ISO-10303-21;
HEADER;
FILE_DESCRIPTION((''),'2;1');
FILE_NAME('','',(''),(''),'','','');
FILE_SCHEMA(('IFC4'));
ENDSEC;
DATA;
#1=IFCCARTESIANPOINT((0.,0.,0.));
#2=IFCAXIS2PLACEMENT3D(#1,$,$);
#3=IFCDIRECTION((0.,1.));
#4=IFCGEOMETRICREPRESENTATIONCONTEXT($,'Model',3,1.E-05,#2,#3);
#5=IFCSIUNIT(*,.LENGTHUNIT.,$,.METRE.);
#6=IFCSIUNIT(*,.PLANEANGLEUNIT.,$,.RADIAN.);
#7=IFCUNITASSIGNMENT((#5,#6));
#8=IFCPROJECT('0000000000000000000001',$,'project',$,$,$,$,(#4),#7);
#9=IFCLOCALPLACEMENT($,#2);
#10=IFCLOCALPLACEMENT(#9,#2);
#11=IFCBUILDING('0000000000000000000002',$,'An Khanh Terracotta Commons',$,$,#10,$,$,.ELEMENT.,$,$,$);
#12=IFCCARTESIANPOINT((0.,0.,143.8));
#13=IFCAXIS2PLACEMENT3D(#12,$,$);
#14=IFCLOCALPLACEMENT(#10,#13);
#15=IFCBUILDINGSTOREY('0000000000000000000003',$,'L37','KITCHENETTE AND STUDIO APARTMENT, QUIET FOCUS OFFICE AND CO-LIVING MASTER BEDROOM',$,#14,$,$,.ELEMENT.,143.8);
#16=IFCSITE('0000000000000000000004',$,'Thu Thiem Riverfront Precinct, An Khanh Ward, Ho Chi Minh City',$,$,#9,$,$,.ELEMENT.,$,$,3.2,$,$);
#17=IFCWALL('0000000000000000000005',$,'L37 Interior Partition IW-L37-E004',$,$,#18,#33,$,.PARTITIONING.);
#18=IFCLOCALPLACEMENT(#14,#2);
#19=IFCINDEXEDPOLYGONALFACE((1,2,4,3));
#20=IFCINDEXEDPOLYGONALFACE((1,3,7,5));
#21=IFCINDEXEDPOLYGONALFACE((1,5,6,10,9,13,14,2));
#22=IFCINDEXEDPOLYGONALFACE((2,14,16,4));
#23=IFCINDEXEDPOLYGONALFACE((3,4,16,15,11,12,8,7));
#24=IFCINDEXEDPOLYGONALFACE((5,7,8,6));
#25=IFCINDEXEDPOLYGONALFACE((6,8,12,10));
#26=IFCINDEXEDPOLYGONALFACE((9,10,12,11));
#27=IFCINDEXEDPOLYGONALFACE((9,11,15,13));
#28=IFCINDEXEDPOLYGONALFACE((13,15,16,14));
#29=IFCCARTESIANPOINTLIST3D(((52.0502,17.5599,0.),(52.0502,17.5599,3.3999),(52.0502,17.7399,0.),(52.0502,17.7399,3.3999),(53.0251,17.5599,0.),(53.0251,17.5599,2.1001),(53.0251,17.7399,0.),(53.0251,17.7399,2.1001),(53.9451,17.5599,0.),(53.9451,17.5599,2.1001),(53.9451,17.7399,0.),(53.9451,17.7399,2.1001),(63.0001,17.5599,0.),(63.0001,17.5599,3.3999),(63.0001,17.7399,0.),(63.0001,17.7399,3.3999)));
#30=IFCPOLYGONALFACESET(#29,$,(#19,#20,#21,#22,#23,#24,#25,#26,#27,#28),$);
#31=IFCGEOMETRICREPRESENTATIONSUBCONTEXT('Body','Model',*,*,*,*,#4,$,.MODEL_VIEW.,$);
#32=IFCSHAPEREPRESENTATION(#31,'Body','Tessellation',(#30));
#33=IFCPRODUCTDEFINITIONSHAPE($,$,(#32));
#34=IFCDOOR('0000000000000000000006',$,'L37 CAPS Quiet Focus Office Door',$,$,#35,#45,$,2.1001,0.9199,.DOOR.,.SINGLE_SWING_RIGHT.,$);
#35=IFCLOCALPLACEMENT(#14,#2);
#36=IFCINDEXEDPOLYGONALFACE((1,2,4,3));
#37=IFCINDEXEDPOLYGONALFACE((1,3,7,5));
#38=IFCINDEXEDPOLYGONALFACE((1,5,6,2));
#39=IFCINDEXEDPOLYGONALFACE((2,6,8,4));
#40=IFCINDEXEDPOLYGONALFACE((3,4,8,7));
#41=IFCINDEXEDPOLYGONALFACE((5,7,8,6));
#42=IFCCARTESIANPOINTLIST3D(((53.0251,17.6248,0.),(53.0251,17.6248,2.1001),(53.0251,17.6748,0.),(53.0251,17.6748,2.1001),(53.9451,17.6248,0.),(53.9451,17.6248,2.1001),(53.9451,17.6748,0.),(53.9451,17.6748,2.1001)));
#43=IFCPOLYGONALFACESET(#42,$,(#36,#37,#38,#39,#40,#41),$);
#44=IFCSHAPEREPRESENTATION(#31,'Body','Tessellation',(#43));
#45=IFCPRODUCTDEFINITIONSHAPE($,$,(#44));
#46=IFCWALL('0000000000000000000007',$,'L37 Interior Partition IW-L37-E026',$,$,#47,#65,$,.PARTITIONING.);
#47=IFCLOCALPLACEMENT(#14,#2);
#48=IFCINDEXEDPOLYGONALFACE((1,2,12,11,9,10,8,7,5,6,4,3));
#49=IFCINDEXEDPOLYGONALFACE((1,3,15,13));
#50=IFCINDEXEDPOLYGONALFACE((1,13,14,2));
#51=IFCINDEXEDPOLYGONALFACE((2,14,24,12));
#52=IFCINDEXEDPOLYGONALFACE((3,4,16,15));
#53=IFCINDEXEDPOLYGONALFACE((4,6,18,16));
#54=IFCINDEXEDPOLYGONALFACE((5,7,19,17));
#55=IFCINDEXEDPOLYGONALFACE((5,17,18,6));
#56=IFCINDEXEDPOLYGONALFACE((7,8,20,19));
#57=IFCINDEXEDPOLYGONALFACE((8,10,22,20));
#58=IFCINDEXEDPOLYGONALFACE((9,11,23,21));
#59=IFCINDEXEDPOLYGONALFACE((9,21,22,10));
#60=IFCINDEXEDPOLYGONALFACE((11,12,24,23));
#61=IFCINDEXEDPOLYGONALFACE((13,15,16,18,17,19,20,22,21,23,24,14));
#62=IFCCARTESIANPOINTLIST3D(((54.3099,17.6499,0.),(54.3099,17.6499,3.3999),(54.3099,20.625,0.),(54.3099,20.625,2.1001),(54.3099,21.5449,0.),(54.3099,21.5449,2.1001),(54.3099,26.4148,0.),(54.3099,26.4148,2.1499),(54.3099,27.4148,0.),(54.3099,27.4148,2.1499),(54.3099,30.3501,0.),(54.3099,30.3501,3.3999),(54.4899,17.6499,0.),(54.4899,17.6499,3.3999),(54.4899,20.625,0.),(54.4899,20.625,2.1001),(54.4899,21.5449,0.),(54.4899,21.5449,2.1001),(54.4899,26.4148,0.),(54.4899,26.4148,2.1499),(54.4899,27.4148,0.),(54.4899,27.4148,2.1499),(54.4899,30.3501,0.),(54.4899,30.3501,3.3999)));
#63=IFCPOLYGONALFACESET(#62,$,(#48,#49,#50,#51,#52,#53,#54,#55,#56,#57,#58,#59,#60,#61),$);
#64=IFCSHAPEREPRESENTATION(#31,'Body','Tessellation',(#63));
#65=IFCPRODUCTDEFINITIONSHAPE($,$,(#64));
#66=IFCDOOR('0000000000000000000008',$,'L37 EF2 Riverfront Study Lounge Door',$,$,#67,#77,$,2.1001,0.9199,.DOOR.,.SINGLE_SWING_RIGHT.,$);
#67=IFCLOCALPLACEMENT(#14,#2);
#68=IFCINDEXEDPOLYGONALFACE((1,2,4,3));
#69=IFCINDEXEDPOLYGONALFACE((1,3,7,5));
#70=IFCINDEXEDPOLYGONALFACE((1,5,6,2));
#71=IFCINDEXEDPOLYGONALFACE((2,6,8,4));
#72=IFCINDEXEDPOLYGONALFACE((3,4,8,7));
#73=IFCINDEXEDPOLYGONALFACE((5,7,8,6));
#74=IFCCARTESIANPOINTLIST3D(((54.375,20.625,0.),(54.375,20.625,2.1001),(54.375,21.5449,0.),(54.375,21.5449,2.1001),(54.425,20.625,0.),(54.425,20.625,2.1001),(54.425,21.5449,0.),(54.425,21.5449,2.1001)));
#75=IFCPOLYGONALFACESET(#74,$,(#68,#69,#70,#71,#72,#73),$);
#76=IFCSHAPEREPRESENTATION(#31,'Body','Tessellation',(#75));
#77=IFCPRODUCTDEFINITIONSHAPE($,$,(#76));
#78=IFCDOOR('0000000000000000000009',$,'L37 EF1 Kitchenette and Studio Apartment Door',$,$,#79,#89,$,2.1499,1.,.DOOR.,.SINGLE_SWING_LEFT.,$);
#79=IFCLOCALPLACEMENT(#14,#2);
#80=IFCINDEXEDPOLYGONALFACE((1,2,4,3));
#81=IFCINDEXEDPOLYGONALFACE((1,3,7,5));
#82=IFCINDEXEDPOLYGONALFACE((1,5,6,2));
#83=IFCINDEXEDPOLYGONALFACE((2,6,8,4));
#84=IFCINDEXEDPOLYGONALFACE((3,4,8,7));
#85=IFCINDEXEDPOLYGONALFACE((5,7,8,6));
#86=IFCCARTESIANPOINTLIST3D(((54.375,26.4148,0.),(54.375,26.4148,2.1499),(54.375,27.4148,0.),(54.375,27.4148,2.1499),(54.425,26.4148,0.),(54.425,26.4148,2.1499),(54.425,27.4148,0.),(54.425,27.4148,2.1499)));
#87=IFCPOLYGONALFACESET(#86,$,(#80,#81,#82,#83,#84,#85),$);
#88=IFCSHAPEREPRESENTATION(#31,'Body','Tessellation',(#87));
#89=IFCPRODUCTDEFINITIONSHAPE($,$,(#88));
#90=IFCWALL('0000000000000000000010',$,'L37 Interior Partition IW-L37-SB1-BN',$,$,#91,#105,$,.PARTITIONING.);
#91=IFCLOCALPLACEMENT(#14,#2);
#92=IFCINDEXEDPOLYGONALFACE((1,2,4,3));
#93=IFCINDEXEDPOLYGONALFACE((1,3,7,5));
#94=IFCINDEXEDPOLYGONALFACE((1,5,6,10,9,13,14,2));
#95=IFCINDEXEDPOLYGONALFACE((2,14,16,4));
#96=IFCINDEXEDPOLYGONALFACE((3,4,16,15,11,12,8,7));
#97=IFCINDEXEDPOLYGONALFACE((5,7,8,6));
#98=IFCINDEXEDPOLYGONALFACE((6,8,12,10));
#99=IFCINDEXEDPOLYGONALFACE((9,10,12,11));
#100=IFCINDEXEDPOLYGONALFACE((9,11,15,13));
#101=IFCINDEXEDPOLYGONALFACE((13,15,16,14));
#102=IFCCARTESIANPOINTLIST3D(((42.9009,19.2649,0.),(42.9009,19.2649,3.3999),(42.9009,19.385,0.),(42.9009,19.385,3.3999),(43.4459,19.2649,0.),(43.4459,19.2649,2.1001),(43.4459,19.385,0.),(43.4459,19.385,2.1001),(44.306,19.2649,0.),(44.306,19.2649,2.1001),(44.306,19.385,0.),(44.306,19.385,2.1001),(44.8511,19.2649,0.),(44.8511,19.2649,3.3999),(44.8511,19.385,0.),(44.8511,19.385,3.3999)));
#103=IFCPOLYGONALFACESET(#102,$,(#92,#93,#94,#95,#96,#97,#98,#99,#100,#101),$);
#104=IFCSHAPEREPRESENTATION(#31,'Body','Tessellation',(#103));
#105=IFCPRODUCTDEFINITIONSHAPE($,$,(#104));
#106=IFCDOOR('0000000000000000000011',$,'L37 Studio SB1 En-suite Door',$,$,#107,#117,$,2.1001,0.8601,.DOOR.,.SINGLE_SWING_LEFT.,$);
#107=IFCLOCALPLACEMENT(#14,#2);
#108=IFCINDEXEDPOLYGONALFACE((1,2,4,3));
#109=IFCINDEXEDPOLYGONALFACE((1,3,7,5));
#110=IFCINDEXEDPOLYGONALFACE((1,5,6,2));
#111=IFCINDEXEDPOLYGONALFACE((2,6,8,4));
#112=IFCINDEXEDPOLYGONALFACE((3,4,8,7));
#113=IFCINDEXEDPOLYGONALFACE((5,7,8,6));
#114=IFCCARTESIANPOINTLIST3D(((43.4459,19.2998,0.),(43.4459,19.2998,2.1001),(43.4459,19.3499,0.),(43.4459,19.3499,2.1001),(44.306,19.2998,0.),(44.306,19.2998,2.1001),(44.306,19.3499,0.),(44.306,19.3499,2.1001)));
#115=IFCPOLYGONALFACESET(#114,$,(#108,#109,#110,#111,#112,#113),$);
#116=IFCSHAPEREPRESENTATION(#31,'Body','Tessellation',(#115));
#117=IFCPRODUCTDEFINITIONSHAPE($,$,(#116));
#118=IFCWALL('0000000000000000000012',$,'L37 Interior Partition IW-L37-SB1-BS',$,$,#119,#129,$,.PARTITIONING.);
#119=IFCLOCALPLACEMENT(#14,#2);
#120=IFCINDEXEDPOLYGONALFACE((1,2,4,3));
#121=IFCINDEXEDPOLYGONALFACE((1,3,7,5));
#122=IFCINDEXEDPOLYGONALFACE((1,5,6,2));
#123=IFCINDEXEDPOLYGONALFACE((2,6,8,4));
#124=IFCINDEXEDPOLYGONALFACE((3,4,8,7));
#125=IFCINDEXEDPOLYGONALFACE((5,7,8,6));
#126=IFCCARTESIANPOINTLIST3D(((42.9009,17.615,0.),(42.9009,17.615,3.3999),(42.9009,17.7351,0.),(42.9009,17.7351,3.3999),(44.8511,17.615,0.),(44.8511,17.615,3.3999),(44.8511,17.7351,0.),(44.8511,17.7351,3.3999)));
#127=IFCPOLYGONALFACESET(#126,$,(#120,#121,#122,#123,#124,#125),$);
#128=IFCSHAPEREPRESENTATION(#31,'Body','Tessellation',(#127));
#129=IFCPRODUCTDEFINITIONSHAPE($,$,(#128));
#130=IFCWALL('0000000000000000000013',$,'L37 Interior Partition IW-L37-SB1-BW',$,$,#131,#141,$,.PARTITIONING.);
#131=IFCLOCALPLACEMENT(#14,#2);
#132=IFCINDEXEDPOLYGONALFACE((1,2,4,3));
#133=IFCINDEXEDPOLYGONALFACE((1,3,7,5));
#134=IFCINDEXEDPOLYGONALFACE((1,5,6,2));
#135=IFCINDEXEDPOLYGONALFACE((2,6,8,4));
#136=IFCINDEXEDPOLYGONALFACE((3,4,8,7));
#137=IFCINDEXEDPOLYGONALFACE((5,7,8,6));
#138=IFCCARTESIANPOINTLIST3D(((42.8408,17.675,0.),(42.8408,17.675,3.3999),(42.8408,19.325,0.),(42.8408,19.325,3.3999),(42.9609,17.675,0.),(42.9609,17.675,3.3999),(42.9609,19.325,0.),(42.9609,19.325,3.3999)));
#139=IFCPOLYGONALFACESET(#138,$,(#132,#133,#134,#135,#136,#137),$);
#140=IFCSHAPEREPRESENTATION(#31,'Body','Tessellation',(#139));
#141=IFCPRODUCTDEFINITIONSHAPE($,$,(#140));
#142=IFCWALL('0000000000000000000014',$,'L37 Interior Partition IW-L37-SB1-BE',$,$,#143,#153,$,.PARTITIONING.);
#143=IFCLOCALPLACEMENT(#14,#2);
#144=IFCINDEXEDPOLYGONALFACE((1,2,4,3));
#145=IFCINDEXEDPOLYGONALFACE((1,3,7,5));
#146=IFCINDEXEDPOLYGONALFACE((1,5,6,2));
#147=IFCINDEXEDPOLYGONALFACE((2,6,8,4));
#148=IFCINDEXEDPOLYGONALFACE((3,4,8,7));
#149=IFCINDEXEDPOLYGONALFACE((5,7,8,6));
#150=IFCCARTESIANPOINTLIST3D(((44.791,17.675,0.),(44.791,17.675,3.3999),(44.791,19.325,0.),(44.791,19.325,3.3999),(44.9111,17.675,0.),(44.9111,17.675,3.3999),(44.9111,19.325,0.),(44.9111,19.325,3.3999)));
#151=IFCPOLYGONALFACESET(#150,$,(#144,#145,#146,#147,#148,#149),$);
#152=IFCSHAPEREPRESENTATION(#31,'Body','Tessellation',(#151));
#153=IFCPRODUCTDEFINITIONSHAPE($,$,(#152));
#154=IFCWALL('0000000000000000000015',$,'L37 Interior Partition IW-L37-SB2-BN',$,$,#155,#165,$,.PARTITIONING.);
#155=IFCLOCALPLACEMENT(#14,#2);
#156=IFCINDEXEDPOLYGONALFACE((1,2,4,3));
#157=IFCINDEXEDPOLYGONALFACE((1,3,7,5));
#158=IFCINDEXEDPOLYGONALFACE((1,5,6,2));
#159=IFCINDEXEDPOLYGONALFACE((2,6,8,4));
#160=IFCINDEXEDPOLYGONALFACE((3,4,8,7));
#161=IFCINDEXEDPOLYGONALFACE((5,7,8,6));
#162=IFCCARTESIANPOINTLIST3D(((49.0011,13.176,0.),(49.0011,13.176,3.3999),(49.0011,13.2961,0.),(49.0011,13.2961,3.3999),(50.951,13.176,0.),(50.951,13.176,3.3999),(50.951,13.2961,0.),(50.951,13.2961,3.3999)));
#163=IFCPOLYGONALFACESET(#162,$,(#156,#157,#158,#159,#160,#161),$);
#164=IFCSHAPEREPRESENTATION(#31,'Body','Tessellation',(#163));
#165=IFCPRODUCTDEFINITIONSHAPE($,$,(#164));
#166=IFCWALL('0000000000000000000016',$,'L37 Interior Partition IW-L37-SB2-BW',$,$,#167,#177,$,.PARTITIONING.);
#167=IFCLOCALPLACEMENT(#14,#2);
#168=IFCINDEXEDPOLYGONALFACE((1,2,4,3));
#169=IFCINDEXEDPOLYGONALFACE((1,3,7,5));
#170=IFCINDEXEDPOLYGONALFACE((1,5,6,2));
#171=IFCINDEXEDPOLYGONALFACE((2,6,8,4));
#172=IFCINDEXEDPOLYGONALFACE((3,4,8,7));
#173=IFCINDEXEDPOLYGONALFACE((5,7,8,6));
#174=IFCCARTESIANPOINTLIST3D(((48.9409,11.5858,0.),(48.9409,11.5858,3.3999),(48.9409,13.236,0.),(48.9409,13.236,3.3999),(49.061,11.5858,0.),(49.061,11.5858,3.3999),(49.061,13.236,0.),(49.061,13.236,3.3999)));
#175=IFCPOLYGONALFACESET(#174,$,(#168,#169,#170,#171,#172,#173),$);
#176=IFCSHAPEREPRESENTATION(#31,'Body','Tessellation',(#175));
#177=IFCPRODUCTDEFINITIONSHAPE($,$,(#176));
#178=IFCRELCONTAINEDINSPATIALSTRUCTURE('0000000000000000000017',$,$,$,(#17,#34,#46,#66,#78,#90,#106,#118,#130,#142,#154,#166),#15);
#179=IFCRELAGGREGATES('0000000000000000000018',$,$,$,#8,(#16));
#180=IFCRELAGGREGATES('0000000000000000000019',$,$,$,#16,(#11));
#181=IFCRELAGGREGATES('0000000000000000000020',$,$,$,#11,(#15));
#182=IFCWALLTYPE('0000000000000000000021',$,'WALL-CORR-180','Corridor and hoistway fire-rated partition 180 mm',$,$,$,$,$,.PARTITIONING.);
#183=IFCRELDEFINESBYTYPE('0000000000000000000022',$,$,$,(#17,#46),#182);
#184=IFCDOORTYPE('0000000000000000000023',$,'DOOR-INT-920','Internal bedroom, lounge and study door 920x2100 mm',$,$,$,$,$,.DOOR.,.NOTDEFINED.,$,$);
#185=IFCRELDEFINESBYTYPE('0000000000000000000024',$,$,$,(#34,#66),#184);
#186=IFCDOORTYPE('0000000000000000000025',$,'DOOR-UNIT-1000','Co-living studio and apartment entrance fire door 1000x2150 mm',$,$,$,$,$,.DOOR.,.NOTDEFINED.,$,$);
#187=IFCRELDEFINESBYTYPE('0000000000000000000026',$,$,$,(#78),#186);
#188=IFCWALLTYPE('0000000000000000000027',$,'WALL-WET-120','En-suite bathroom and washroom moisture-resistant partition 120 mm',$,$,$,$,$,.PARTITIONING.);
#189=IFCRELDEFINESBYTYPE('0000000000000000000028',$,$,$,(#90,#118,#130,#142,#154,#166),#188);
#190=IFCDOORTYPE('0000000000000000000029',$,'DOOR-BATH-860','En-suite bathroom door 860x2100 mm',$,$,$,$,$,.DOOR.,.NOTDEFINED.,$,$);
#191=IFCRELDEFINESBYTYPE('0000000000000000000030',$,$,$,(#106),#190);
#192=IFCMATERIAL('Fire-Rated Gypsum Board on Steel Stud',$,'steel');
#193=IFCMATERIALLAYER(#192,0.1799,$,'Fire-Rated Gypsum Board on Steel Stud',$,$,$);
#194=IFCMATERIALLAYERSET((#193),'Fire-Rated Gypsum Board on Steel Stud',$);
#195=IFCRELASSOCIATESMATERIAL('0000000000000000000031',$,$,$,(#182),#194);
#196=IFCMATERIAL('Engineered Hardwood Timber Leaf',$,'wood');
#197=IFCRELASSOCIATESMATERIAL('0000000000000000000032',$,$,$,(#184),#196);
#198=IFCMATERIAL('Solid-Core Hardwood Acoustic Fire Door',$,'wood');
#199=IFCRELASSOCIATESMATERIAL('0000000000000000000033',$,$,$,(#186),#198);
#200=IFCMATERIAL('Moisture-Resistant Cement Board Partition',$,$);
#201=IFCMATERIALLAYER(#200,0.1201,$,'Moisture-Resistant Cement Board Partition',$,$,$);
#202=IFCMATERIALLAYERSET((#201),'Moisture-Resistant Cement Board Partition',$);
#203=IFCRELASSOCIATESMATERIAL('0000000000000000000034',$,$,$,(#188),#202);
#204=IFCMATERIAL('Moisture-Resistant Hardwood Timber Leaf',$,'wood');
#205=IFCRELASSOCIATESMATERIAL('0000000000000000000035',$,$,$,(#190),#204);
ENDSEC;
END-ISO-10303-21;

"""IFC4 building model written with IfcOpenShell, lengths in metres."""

from ifc_helpers import new_model, si_unit, direction, frame, frame_2d, origin, place, context, subcontext, project, spatial, rectangle, extrude, material, layer, layer_set, type_object, element, fill, save


model = new_model("IFC4")

# Units and contexts
model_context = context("Model", 3, precision=1e-05, world=origin(), true_north=direction((0.0, 1.0)))
body_context = subcontext(model_context, "Body", "Model", "MODEL_VIEW")
ifc_project = project(units=[si_unit("LENGTHUNIT", "METRE"), si_unit("PLANEANGLEUNIT", "RADIAN")], contexts=[model_context])

# Site, building, storey
site_placement = place(None, origin())
site = spatial("IfcSite", under=ifc_project, at=site_placement, Name="Thu Thiem Riverfront Precinct, An Khanh Ward, Ho Chi Minh City", CompositionType="ELEMENT", RefElevation=3.2)
building_placement = place(site_placement, origin())
building = spatial("IfcBuilding", under=site, at=building_placement, Name="An Khanh Terracotta Commons", CompositionType="ELEMENT")
storey_placement = place(building_placement, frame((0.0, 0.0, 143.8)))
storey = spatial("IfcBuildingStorey", under=building, at=storey_placement, Name="L37", Description="KITCHENETTE AND STUDIO APARTMENT, QUIET FOCUS OFFICE AND CO-LIVING MASTER BEDROOM", CompositionType="ELEMENT", Elevation=143.8)

# Wall, opening, door
ifc_material_1 = material(Name="Fire-Rated Gypsum Board on Steel Stud", Category="steel")
ifc_layer_1 = layer(ifc_material_1, 0.1799, Name="Fire-Rated Gypsum Board on Steel Stud")
ifc_layer_set_1 = layer_set([ifc_layer_1], Name="Fire-Rated Gypsum Board on Steel Stud")
wall_type_1 = type_object("IfcWallType", Name="WALL-CORR-180", Description="Corridor and hoistway fire-rated partition 180 mm", PredefinedType="PARTITIONING", material=ifc_layer_set_1)
wall_1_placement = place(storey_placement, frame((52.05, 17.6499, 0.0), z_axis=(0.0, 0.0, 1.0), x_axis=(1.0, 0.0, 0.0)))
wall_1 = element("IfcWall", 1, at=wall_1_placement, inside=storey, type_object=wall_type_1, Name="L37 Interior Partition IW-L37-E004", PredefinedType="PARTITIONING", context=body_context, shape_type="SweptSolid", body=[
    extrude(rectangle(XDim=10.95, YDim=0.1799, at=frame_2d((5.4751, 0.0))), origin(), (0.0, 0.0, 1.0), 3.3999),
])
opening_1_placement = place(wall_1_placement, frame((0.9751, 0.0, 0.0)))
opening_1 = element("IfcOpeningElement", 2, at=opening_1_placement, cuts=wall_1, PredefinedType="OPENING", context=body_context, shape_type="SweptSolid", body=[
    extrude(rectangle(XDim=0.9199, YDim=2.1001, at=frame_2d((0.46, 1.05))), frame((0.0, 0.0999, 0.0), z_axis=(0.0, -1.0, 0.0), x_axis=(1.0, 0.0, 0.0)), (0.0, 0.0, 1.0), 0.2),
])
ifc_material_2 = material(Name="Engineered Hardwood Timber Leaf", Category="wood")
door_type_1 = type_object("IfcDoorType", Name="DOOR-INT-920", Description="Internal bedroom, lounge and study door 920x2100 mm", OperationType="NOTDEFINED", PredefinedType="DOOR", material=ifc_material_2)
door_1_placement = place(opening_1_placement, origin())
door_1 = element("IfcDoor", 3, at=door_1_placement, inside=storey, type_object=door_type_1, Name="L37 CAPS Quiet Focus Office Door", OperationType="SINGLE_SWING_RIGHT", OverallHeight=2.1001, OverallWidth=0.9199, PredefinedType="DOOR", context=body_context, shape_type="SweptSolid", body=[
    extrude(rectangle(XDim=0.9199, YDim=2.1001, at=frame_2d((0.46, 1.05))), frame((0.0, 0.0249, 0.0), z_axis=(0.0, -1.0, 0.0), x_axis=(1.0, 0.0, 0.0)), (0.0, 0.0, 1.0), 0.05),
])
fill(opening_1, door_1)

# Wall, openings, doors
wall_2_placement = place(storey_placement, frame((54.3999, 17.6499, 0.0), z_axis=(0.0, 0.0, 1.0), x_axis=(0.0, 1.0, 0.0)))
wall_2 = element("IfcWall", 4, at=wall_2_placement, inside=storey, type_object=wall_type_1, Name="L37 Interior Partition IW-L37-E026", PredefinedType="PARTITIONING", context=body_context, shape_type="SweptSolid", body=[
    extrude(rectangle(XDim=12.7002, YDim=0.1799, at=frame_2d((6.3501, 0.0))), origin(), (0.0, 0.0, 1.0), 3.3999),
])
opening_2_placement = place(wall_2_placement, frame((8.7649, 0.0, 0.0)))
opening_2 = element("IfcOpeningElement", 5, at=opening_2_placement, cuts=wall_2, PredefinedType="OPENING", context=body_context, shape_type="SweptSolid", body=[
    extrude(rectangle(XDim=1.0, YDim=2.1499, at=frame_2d((0.5, 1.075))), frame((0.0, 0.0999, 0.0), z_axis=(0.0, -1.0, 0.0), x_axis=(1.0, 0.0, 0.0)), (0.0, 0.0, 1.0), 0.2),
])
opening_3_placement = place(wall_2_placement, frame((2.9751, 0.0, 0.0)))
opening_3 = element("IfcOpeningElement", 6, at=opening_3_placement, cuts=wall_2, PredefinedType="OPENING", context=body_context, shape_type="SweptSolid", body=[
    extrude(rectangle(XDim=0.9199, YDim=2.1001, at=frame_2d((0.46, 1.05))), frame((0.0, 0.0999, 0.0), z_axis=(0.0, -1.0, 0.0), x_axis=(1.0, 0.0, 0.0)), (0.0, 0.0, 1.0), 0.2),
])
door_2_placement = place(opening_3_placement, origin())
door_2 = element("IfcDoor", 7, at=door_2_placement, inside=storey, type_object=door_type_1, Name="L37 EF2 Riverfront Study Lounge Door", OperationType="SINGLE_SWING_RIGHT", OverallHeight=2.1001, OverallWidth=0.9199, PredefinedType="DOOR", context=body_context, shape_type="SweptSolid", body=[
    extrude(rectangle(XDim=0.9199, YDim=2.1001, at=frame_2d((0.46, 1.05))), frame((0.0, 0.0249, 0.0), z_axis=(0.0, -1.0, 0.0), x_axis=(1.0, 0.0, 0.0)), (0.0, 0.0, 1.0), 0.05),
])
fill(opening_3, door_2)
ifc_material_3 = material(Name="Solid-Core Hardwood Acoustic Fire Door", Category="wood")
door_type_2 = type_object("IfcDoorType", Name="DOOR-UNIT-1000", Description="Co-living studio and apartment entrance fire door 1000x2150 mm", OperationType="NOTDEFINED", PredefinedType="DOOR", material=ifc_material_3)
door_3_placement = place(opening_2_placement, origin())
door_3 = element("IfcDoor", 8, at=door_3_placement, inside=storey, type_object=door_type_2, Name="L37 EF1 Kitchenette and Studio Apartment Door", OperationType="SINGLE_SWING_LEFT", OverallHeight=2.1499, OverallWidth=1.0, PredefinedType="DOOR", context=body_context, shape_type="SweptSolid", body=[
    extrude(rectangle(XDim=1.0, YDim=2.1499, at=frame_2d((0.5, 1.075))), frame((0.0, 0.0249, 0.0), z_axis=(0.0, -1.0, 0.0), x_axis=(1.0, 0.0, 0.0)), (0.0, 0.0, 1.0), 0.05),
])
fill(opening_2, door_3)

# Wall, opening, door
ifc_material_4 = material(Name="Moisture-Resistant Cement Board Partition")
ifc_layer_2 = layer(ifc_material_4, 0.1201, Name="Moisture-Resistant Cement Board Partition")
ifc_layer_set_2 = layer_set([ifc_layer_2], Name="Moisture-Resistant Cement Board Partition")
wall_type_2 = type_object("IfcWallType", Name="WALL-WET-120", Description="En-suite bathroom and washroom moisture-resistant partition 120 mm", PredefinedType="PARTITIONING", material=ifc_layer_set_2)
wall_3_placement = place(storey_placement, frame((42.9009, 19.325, 0.0), z_axis=(0.0, 0.0, 1.0), x_axis=(1.0, 0.0, 0.0)))
wall_3 = element("IfcWall", 9, at=wall_3_placement, inside=storey, type_object=wall_type_2, Name="L37 Interior Partition IW-L37-SB1-BN", PredefinedType="PARTITIONING", context=body_context, shape_type="SweptSolid", body=[
    extrude(rectangle(XDim=1.9502, YDim=0.1201, at=frame_2d((0.9751, 0.0))), origin(), (0.0, 0.0, 1.0), 3.3999),
])
opening_4_placement = place(wall_3_placement, frame((0.5449, 0.0, 0.0)))
opening_4 = element("IfcOpeningElement", 10, at=opening_4_placement, cuts=wall_3, PredefinedType="OPENING", context=body_context, shape_type="SweptSolid", body=[
    extrude(rectangle(XDim=0.8601, YDim=2.1001, at=frame_2d((0.4302, 1.05))), frame((0.0, 0.0701, 0.0), z_axis=(0.0, -1.0, 0.0), x_axis=(1.0, 0.0, 0.0)), (0.0, 0.0, 1.0), 0.1401),
])
ifc_material_5 = material(Name="Moisture-Resistant Hardwood Timber Leaf", Category="wood")
door_type_3 = type_object("IfcDoorType", Name="DOOR-BATH-860", Description="En-suite bathroom door 860x2100 mm", OperationType="NOTDEFINED", PredefinedType="DOOR", material=ifc_material_5)
door_4_placement = place(opening_4_placement, origin())
door_4 = element("IfcDoor", 11, at=door_4_placement, inside=storey, type_object=door_type_3, Name="L37 Studio SB1 En-suite Door", OperationType="SINGLE_SWING_LEFT", OverallHeight=2.1001, OverallWidth=0.8601, PredefinedType="DOOR", context=body_context, shape_type="SweptSolid", body=[
    extrude(rectangle(XDim=0.8601, YDim=2.1001, at=frame_2d((0.4302, 1.05))), frame((0.0, 0.0249, 0.0), z_axis=(0.0, -1.0, 0.0), x_axis=(1.0, 0.0, 0.0)), (0.0, 0.0, 1.0), 0.05),
])
fill(opening_4, door_4)

# Walls
wall_4_placement = place(storey_placement, frame((44.8511, 17.675, 0.0), z_axis=(0.0, 0.0, 1.0), x_axis=(-1.0, 0.0, 0.0)))
element("IfcWall", 12, at=wall_4_placement, inside=storey, type_object=wall_type_2, Name="L37 Interior Partition IW-L37-SB1-BS", PredefinedType="PARTITIONING", context=body_context, shape_type="SweptSolid", body=[
    extrude(rectangle(XDim=1.9502, YDim=0.1201, at=frame_2d((0.9751, 0.0))), origin(), (0.0, 0.0, 1.0), 3.3999),
])
for number, where, z_axis, x_axis, name in (
    (13, (42.9009, 19.325, 0.0), (0.0, 0.0, 1.0), (0.0, -1.0, 0.0), "L37 Interior Partition IW-L37-SB1-BW"),
    (14, (44.8511, 17.675, 0.0), (0.0, 0.0, 1.0), (0.0, 1.0, 0.0), "L37 Interior Partition IW-L37-SB1-BE"),
):
    element("IfcWall", number, at=place(storey_placement, frame(where, z_axis=z_axis, x_axis=x_axis)), inside=storey, type_object=wall_type_2, Name=name, PredefinedType="PARTITIONING", context=body_context, shape_type="SweptSolid", body=[
        extrude(rectangle(XDim=1.6499, YDim=0.1201, at=frame_2d((0.825, 0.0))), origin(), (0.0, 0.0, 1.0), 3.3999),
    ])
wall_5_placement = place(storey_placement, frame((49.001, 13.2361, 0.0), z_axis=(0.0, 0.0, 1.0), x_axis=(1.0, 0.0, 0.0)))
element("IfcWall", 15, at=wall_5_placement, inside=storey, type_object=wall_type_2, Name="L37 Interior Partition IW-L37-SB2-BN", PredefinedType="PARTITIONING", context=body_context, shape_type="SweptSolid", body=[
    extrude(rectangle(XDim=1.95, YDim=0.1201, at=frame_2d((0.9751, 0.0))), origin(), (0.0, 0.0, 1.0), 3.3999),
])
for number, where, z_axis, x_axis, name in (
    (16, (49.001, 13.2361, 0.0), (0.0, 0.0, 1.0), (0.0, -1.0, 0.0), "L37 Interior Partition IW-L37-SB2-BW"),
):
    element("IfcWall", number, at=place(storey_placement, frame(where, z_axis=z_axis, x_axis=x_axis)), inside=storey, type_object=wall_type_2, Name=name, PredefinedType="PARTITIONING", context=body_context, shape_type="SweptSolid", body=[
        extrude(rectangle(XDim=1.6501, YDim=0.1201, at=frame_2d((0.8252, 0.0))), origin(), (0.0, 0.0, 1.0), 3.3999),
    ])

save(model, "model.ifc")
